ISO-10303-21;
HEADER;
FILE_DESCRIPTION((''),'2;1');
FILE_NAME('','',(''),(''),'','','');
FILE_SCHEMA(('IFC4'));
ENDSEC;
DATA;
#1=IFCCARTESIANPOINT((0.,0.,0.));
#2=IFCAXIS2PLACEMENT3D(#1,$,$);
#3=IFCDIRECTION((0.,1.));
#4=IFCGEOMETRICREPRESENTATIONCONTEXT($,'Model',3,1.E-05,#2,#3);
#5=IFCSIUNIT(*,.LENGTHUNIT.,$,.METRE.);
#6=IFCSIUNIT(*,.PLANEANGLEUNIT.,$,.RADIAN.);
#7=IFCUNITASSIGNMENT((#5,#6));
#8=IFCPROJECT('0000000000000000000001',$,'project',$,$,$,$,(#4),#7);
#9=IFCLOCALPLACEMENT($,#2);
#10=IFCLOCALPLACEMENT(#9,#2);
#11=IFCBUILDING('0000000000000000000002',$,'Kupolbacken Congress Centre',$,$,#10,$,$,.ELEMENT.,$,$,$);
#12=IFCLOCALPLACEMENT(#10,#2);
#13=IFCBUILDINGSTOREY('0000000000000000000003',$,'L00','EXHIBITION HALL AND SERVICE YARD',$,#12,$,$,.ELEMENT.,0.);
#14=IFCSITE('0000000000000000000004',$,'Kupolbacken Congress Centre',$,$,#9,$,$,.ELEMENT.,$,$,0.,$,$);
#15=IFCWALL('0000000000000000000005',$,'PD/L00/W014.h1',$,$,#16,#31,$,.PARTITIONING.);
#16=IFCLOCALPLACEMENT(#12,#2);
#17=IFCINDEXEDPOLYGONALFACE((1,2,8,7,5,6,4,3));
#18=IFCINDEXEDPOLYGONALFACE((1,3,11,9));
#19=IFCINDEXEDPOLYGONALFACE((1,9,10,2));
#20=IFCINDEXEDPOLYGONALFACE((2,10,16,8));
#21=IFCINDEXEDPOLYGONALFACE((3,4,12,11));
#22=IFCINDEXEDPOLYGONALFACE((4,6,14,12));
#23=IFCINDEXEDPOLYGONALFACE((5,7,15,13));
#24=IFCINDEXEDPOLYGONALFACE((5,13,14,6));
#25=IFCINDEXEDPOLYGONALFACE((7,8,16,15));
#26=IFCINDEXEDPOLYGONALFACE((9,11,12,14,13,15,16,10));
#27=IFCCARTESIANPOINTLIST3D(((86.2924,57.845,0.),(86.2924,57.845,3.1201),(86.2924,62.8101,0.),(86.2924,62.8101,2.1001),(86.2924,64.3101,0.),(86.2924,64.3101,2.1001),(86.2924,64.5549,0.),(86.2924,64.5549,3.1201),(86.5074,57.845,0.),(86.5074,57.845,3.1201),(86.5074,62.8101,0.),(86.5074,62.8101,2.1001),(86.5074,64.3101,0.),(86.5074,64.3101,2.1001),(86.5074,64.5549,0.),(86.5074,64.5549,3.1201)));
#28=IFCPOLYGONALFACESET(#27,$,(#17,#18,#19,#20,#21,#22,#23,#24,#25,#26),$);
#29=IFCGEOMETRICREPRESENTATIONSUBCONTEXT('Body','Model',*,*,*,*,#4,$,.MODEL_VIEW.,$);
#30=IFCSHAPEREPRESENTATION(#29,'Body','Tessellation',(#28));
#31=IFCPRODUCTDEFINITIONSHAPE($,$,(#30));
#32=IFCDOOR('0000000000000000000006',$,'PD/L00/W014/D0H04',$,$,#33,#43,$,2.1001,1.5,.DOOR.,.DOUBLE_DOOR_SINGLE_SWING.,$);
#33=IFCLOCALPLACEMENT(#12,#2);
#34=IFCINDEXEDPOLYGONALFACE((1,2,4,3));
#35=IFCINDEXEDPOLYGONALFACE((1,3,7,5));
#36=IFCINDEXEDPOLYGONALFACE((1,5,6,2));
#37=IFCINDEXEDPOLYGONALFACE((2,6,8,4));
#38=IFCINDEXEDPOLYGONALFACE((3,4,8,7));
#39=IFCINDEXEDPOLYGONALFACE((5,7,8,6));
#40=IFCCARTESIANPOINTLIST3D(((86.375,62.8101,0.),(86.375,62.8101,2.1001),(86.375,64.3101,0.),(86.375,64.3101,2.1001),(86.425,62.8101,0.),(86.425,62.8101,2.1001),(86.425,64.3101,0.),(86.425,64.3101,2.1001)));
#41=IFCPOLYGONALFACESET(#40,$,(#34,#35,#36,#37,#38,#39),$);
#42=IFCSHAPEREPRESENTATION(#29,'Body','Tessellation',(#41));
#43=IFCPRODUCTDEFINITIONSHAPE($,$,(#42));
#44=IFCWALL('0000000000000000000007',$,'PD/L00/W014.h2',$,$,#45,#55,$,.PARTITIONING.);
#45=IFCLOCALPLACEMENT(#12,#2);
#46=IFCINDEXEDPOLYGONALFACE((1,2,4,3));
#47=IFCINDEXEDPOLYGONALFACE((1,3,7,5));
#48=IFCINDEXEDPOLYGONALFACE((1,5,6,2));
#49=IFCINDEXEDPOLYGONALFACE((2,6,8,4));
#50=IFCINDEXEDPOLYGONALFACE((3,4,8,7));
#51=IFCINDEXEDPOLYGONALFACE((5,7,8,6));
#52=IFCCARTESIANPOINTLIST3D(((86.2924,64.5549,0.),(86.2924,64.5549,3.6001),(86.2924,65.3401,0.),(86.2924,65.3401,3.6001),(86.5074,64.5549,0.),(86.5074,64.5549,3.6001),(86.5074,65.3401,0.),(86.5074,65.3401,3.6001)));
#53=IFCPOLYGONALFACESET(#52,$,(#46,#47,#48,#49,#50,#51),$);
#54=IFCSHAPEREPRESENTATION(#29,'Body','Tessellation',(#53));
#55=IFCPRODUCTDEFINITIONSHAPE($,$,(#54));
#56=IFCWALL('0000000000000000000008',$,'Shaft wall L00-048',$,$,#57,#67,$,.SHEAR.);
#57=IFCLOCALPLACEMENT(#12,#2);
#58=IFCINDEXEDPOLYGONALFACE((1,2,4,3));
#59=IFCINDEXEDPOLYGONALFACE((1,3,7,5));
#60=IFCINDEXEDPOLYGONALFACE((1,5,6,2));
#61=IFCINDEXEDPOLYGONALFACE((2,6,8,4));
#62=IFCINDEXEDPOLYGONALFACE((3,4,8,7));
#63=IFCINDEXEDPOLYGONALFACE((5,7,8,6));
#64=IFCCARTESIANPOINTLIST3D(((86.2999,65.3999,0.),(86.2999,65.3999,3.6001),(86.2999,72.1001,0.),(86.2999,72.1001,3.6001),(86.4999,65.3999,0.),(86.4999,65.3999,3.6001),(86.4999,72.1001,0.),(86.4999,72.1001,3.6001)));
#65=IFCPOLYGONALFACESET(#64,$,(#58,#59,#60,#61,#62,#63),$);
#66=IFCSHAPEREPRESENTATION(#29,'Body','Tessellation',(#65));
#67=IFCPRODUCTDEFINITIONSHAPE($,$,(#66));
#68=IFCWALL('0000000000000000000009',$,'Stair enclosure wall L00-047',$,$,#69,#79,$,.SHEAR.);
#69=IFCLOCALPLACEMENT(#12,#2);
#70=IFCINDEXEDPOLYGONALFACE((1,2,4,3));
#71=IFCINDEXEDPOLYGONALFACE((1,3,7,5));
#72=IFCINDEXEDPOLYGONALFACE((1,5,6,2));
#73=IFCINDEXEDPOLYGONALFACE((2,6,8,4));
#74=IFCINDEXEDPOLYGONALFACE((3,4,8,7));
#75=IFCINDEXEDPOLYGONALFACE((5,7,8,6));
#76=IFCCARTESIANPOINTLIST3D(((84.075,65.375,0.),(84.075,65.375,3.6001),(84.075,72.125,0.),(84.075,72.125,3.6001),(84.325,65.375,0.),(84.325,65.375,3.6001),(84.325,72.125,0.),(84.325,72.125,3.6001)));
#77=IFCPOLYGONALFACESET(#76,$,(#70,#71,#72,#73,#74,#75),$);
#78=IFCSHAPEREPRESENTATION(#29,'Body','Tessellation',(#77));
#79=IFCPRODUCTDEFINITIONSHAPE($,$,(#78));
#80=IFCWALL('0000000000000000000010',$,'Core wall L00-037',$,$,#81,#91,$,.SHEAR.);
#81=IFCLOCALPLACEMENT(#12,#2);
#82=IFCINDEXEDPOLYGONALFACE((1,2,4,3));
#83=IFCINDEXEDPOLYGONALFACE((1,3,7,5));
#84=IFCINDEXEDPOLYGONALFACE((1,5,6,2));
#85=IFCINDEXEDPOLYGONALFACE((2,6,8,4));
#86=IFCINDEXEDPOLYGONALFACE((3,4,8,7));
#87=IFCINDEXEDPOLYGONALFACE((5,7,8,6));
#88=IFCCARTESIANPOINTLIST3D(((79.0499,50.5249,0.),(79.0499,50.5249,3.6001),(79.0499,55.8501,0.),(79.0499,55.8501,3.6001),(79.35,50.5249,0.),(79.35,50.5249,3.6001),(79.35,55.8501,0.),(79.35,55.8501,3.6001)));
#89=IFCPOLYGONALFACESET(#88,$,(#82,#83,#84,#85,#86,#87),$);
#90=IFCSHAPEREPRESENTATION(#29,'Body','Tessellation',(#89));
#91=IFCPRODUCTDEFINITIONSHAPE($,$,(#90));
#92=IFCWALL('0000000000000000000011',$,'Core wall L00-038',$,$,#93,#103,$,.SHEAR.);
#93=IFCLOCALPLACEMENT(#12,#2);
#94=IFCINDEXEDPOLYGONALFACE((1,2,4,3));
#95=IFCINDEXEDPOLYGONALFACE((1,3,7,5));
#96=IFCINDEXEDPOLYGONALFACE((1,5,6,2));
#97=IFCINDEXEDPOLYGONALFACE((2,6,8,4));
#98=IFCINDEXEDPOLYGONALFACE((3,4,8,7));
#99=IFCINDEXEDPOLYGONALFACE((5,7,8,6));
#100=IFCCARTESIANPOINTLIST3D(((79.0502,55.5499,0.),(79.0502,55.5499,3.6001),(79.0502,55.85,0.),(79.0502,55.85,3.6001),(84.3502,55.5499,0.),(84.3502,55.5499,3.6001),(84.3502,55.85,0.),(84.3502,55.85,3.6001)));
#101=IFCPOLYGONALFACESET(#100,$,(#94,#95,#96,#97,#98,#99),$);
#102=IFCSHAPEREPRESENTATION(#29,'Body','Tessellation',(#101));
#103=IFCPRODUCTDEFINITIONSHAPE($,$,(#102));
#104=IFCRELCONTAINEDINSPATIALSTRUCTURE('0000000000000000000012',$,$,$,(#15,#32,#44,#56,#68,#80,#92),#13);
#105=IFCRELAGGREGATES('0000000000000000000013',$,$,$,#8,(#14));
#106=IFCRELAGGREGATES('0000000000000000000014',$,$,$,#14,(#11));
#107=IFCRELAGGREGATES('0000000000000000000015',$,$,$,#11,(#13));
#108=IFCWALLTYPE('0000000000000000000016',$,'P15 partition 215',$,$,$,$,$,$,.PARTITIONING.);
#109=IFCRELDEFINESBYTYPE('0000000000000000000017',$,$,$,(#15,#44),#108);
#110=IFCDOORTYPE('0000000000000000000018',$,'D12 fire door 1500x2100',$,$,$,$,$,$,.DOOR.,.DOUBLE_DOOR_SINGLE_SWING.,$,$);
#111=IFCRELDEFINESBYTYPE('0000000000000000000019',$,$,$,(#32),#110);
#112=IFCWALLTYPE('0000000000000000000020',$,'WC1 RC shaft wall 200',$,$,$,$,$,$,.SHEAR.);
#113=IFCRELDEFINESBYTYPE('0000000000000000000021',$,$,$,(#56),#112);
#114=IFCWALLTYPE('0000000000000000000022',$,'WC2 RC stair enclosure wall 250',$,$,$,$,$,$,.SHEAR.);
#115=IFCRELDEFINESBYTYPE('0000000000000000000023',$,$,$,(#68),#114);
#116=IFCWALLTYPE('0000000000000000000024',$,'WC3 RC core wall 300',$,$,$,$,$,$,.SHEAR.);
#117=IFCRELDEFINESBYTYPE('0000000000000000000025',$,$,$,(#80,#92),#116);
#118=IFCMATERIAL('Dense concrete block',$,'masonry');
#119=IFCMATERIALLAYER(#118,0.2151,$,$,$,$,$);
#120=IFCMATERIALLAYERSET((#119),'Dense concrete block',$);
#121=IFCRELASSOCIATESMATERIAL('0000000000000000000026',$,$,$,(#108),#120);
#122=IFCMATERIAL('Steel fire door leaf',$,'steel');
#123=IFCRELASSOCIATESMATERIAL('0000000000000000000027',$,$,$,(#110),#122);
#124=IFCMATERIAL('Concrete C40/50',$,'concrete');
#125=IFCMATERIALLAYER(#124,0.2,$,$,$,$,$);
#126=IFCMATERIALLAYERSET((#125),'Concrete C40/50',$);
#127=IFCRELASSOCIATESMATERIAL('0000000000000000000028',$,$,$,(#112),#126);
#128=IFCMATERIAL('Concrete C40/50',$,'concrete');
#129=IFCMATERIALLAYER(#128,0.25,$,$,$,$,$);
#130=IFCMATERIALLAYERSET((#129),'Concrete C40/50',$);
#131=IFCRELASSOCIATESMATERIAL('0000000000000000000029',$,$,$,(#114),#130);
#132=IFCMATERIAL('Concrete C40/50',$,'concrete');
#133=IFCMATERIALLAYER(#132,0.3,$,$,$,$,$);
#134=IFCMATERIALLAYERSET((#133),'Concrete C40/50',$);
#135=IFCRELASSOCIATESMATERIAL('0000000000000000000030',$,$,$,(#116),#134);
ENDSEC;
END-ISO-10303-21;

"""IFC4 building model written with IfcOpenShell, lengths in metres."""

from ifc_helpers import new_model, si_unit, direction, frame, frame_2d, origin, place, context, subcontext, project, spatial, rectangle, extrude, material, layer, layer_set, type_object, element, fill, save


model = new_model("IFC4")

# Units and contexts
model_context = context("Model", 3, precision=1e-05, world=origin(), true_north=direction((0.0, 1.0)))
body_context = subcontext(model_context, "Body", "Model", "MODEL_VIEW")
ifc_project = project(units=[si_unit("LENGTHUNIT", "METRE"), si_unit("PLANEANGLEUNIT", "RADIAN")], contexts=[model_context])

# Site, building, storey
site_placement = place(None, origin())
site = spatial("IfcSite", under=ifc_project, at=site_placement, Name="Kupolbacken Congress Centre", CompositionType="ELEMENT", RefElevation=0.0)
building_placement = place(site_placement, origin())
building = spatial("IfcBuilding", under=site, at=building_placement, Name="Kupolbacken Congress Centre", CompositionType="ELEMENT")
storey_placement = place(building_placement, origin())
storey = spatial("IfcBuildingStorey", under=building, at=storey_placement, Name="L00", Description="EXHIBITION HALL AND SERVICE YARD", CompositionType="ELEMENT", Elevation=0.0)

# Wall, opening, door
ifc_material_1 = material(Name="Dense concrete block", Category="masonry")
ifc_layer_1 = layer(ifc_material_1, 0.2151)
ifc_layer_set_1 = layer_set([ifc_layer_1], Name="Dense concrete block")
wall_type_1 = type_object("IfcWallType", Name="P15 partition 215", PredefinedType="PARTITIONING", material=ifc_layer_set_1)
wall_1_placement = place(storey_placement, frame((86.3999, 57.845, 0.0), z_axis=(0.0, 0.0, 1.0), x_axis=(0.0, 1.0, 0.0)))
wall_1 = element("IfcWall", 1, at=wall_1_placement, inside=storey, type_object=wall_type_1, Name="PD/L00/W014.h1", PredefinedType="PARTITIONING", context=body_context, shape_type="SweptSolid", body=[
    extrude(rectangle(XDim=6.71, YDim=0.2151, at=frame_2d((3.355, 0.0))), origin(), (0.0, 0.0, 1.0), 3.1201),
])
opening_1_placement = place(wall_1_placement, frame((4.9651, 0.0, 0.0)))
opening_1 = element("IfcOpeningElement", 2, at=opening_1_placement, cuts=wall_1, PredefinedType="OPENING", context=body_context, shape_type="SweptSolid", body=[
    extrude(rectangle(XDim=1.5, YDim=2.1001, at=frame_2d((0.75, 1.05))), frame((0.0, 0.1174, 0.0), z_axis=(0.0, -1.0, 0.0), x_axis=(1.0, 0.0, 0.0)), (0.0, 0.0, 1.0), 0.2351),
])
ifc_material_2 = material(Name="Steel fire door leaf", Category="steel")
door_type_1 = type_object("IfcDoorType", Name="D12 fire door 1500x2100", OperationType="DOUBLE_DOOR_SINGLE_SWING", PredefinedType="DOOR", material=ifc_material_2)
door_1_placement = place(opening_1_placement, origin())
door_1 = element("IfcDoor", 3, at=door_1_placement, inside=storey, type_object=door_type_1, Name="PD/L00/W014/D0H04", OperationType="DOUBLE_DOOR_SINGLE_SWING", OverallHeight=2.1001, OverallWidth=1.5, PredefinedType="DOOR", context=body_context, shape_type="SweptSolid", body=[
    extrude(rectangle(XDim=1.5, YDim=2.1001, at=frame_2d((0.75, 1.05))), frame((0.0, 0.0249, 0.0), z_axis=(0.0, -1.0, 0.0), x_axis=(1.0, 0.0, 0.0)), (0.0, 0.0, 1.0), 0.05),
])
fill(opening_1, door_1)

# Walls
wall_2_placement = place(storey_placement, frame((86.3999, 64.5549, 0.0), z_axis=(0.0, 0.0, 1.0), x_axis=(0.0, 1.0, 0.0)))
element("IfcWall", 4, at=wall_2_placement, inside=storey, type_object=wall_type_1, Name="PD/L00/W014.h2", PredefinedType="PARTITIONING", context=body_context, shape_type="SweptSolid", body=[
    extrude(rectangle(XDim=0.7852, YDim=0.2151, at=frame_2d((0.3926, 0.0))), origin(), (0.0, 0.0, 1.0), 3.6001),
])
ifc_material_3 = material(Name="Concrete C40/50", Category="concrete")
ifc_layer_2 = layer(ifc_material_3, 0.2)
ifc_layer_set_2 = layer_set([ifc_layer_2], Name="Concrete C40/50")
wall_type_2 = type_object("IfcWallType", Name="WC1 RC shaft wall 200", PredefinedType="SHEAR", material=ifc_layer_set_2)
wall_3_placement = place(storey_placement, frame((86.3999, 65.3999, 0.0), z_axis=(0.0, 0.0, 1.0), x_axis=(0.0, 1.0, 0.0)))
element("IfcWall", 5, at=wall_3_placement, inside=storey, type_object=wall_type_2, Name="Shaft wall L00-048", PredefinedType="SHEAR", context=body_context, shape_type="SweptSolid", body=[
    extrude(rectangle(XDim=6.7002, YDim=0.2, at=frame_2d((3.3501, 0.0))), origin(), (0.0, 0.0, 1.0), 3.6001),
])

# Shared definitions
ifc_material_4 = material(Name="Concrete C40/50", Category="concrete")
ifc_layer_3 = layer(ifc_material_4, 0.25)
ifc_layer_set_3 = layer_set([ifc_layer_3], Name="Concrete C40/50")
wall_type_3 = type_object("IfcWallType", Name="WC2 RC stair enclosure wall 250", PredefinedType="SHEAR", material=ifc_layer_set_3)

# Walls
wall_4_placement = place(storey_placement, frame((84.2, 65.375, 0.0), z_axis=(0.0, 0.0, 1.0), x_axis=(0.0, 1.0, 0.0)))
element("IfcWall", 6, at=wall_4_placement, inside=storey, type_object=wall_type_3, Name="Stair enclosure wall L00-047", PredefinedType="SHEAR", context=body_context, shape_type="SweptSolid", body=[
    extrude(rectangle(XDim=6.75, YDim=0.25, at=frame_2d((3.375, 0.0))), origin(), (0.0, 0.0, 1.0), 3.6001),
])
ifc_material_5 = material(Name="Concrete C40/50", Category="concrete")
ifc_layer_4 = layer(ifc_material_5, 0.3)
ifc_layer_set_4 = layer_set([ifc_layer_4], Name="Concrete C40/50")
wall_type_4 = type_object("IfcWallType", Name="WC3 RC core wall 300", PredefinedType="SHEAR", material=ifc_layer_set_4)
wall_5_placement = place(storey_placement, frame((79.2, 55.8501, 0.0), z_axis=(0.0, 0.0, 1.0), x_axis=(0.0, -1.0, 0.0)))
element("IfcWall", 7, at=wall_5_placement, inside=storey, type_object=wall_type_4, Name="Core wall L00-037", PredefinedType="SHEAR", context=body_context, shape_type="SweptSolid", body=[
    extrude(rectangle(XDim=5.3252, YDim=0.3, at=frame_2d((2.6626, 0.0))), origin(), (0.0, 0.0, 1.0), 3.6001),
])
wall_6_placement = place(storey_placement, frame((84.3501, 55.7, 0.0), z_axis=(0.0, 0.0, 1.0), x_axis=(-1.0, 0.0, 0.0)))
element("IfcWall", 8, at=wall_6_placement, inside=storey, type_object=wall_type_4, Name="Core wall L00-038", PredefinedType="SHEAR", context=body_context, shape_type="SweptSolid", body=[
    extrude(rectangle(XDim=5.3, YDim=0.3, at=frame_2d((2.6499, 0.0))), origin(), (0.0, 0.0, 1.0), 3.6001),
])

save(model, "model.ifc")
